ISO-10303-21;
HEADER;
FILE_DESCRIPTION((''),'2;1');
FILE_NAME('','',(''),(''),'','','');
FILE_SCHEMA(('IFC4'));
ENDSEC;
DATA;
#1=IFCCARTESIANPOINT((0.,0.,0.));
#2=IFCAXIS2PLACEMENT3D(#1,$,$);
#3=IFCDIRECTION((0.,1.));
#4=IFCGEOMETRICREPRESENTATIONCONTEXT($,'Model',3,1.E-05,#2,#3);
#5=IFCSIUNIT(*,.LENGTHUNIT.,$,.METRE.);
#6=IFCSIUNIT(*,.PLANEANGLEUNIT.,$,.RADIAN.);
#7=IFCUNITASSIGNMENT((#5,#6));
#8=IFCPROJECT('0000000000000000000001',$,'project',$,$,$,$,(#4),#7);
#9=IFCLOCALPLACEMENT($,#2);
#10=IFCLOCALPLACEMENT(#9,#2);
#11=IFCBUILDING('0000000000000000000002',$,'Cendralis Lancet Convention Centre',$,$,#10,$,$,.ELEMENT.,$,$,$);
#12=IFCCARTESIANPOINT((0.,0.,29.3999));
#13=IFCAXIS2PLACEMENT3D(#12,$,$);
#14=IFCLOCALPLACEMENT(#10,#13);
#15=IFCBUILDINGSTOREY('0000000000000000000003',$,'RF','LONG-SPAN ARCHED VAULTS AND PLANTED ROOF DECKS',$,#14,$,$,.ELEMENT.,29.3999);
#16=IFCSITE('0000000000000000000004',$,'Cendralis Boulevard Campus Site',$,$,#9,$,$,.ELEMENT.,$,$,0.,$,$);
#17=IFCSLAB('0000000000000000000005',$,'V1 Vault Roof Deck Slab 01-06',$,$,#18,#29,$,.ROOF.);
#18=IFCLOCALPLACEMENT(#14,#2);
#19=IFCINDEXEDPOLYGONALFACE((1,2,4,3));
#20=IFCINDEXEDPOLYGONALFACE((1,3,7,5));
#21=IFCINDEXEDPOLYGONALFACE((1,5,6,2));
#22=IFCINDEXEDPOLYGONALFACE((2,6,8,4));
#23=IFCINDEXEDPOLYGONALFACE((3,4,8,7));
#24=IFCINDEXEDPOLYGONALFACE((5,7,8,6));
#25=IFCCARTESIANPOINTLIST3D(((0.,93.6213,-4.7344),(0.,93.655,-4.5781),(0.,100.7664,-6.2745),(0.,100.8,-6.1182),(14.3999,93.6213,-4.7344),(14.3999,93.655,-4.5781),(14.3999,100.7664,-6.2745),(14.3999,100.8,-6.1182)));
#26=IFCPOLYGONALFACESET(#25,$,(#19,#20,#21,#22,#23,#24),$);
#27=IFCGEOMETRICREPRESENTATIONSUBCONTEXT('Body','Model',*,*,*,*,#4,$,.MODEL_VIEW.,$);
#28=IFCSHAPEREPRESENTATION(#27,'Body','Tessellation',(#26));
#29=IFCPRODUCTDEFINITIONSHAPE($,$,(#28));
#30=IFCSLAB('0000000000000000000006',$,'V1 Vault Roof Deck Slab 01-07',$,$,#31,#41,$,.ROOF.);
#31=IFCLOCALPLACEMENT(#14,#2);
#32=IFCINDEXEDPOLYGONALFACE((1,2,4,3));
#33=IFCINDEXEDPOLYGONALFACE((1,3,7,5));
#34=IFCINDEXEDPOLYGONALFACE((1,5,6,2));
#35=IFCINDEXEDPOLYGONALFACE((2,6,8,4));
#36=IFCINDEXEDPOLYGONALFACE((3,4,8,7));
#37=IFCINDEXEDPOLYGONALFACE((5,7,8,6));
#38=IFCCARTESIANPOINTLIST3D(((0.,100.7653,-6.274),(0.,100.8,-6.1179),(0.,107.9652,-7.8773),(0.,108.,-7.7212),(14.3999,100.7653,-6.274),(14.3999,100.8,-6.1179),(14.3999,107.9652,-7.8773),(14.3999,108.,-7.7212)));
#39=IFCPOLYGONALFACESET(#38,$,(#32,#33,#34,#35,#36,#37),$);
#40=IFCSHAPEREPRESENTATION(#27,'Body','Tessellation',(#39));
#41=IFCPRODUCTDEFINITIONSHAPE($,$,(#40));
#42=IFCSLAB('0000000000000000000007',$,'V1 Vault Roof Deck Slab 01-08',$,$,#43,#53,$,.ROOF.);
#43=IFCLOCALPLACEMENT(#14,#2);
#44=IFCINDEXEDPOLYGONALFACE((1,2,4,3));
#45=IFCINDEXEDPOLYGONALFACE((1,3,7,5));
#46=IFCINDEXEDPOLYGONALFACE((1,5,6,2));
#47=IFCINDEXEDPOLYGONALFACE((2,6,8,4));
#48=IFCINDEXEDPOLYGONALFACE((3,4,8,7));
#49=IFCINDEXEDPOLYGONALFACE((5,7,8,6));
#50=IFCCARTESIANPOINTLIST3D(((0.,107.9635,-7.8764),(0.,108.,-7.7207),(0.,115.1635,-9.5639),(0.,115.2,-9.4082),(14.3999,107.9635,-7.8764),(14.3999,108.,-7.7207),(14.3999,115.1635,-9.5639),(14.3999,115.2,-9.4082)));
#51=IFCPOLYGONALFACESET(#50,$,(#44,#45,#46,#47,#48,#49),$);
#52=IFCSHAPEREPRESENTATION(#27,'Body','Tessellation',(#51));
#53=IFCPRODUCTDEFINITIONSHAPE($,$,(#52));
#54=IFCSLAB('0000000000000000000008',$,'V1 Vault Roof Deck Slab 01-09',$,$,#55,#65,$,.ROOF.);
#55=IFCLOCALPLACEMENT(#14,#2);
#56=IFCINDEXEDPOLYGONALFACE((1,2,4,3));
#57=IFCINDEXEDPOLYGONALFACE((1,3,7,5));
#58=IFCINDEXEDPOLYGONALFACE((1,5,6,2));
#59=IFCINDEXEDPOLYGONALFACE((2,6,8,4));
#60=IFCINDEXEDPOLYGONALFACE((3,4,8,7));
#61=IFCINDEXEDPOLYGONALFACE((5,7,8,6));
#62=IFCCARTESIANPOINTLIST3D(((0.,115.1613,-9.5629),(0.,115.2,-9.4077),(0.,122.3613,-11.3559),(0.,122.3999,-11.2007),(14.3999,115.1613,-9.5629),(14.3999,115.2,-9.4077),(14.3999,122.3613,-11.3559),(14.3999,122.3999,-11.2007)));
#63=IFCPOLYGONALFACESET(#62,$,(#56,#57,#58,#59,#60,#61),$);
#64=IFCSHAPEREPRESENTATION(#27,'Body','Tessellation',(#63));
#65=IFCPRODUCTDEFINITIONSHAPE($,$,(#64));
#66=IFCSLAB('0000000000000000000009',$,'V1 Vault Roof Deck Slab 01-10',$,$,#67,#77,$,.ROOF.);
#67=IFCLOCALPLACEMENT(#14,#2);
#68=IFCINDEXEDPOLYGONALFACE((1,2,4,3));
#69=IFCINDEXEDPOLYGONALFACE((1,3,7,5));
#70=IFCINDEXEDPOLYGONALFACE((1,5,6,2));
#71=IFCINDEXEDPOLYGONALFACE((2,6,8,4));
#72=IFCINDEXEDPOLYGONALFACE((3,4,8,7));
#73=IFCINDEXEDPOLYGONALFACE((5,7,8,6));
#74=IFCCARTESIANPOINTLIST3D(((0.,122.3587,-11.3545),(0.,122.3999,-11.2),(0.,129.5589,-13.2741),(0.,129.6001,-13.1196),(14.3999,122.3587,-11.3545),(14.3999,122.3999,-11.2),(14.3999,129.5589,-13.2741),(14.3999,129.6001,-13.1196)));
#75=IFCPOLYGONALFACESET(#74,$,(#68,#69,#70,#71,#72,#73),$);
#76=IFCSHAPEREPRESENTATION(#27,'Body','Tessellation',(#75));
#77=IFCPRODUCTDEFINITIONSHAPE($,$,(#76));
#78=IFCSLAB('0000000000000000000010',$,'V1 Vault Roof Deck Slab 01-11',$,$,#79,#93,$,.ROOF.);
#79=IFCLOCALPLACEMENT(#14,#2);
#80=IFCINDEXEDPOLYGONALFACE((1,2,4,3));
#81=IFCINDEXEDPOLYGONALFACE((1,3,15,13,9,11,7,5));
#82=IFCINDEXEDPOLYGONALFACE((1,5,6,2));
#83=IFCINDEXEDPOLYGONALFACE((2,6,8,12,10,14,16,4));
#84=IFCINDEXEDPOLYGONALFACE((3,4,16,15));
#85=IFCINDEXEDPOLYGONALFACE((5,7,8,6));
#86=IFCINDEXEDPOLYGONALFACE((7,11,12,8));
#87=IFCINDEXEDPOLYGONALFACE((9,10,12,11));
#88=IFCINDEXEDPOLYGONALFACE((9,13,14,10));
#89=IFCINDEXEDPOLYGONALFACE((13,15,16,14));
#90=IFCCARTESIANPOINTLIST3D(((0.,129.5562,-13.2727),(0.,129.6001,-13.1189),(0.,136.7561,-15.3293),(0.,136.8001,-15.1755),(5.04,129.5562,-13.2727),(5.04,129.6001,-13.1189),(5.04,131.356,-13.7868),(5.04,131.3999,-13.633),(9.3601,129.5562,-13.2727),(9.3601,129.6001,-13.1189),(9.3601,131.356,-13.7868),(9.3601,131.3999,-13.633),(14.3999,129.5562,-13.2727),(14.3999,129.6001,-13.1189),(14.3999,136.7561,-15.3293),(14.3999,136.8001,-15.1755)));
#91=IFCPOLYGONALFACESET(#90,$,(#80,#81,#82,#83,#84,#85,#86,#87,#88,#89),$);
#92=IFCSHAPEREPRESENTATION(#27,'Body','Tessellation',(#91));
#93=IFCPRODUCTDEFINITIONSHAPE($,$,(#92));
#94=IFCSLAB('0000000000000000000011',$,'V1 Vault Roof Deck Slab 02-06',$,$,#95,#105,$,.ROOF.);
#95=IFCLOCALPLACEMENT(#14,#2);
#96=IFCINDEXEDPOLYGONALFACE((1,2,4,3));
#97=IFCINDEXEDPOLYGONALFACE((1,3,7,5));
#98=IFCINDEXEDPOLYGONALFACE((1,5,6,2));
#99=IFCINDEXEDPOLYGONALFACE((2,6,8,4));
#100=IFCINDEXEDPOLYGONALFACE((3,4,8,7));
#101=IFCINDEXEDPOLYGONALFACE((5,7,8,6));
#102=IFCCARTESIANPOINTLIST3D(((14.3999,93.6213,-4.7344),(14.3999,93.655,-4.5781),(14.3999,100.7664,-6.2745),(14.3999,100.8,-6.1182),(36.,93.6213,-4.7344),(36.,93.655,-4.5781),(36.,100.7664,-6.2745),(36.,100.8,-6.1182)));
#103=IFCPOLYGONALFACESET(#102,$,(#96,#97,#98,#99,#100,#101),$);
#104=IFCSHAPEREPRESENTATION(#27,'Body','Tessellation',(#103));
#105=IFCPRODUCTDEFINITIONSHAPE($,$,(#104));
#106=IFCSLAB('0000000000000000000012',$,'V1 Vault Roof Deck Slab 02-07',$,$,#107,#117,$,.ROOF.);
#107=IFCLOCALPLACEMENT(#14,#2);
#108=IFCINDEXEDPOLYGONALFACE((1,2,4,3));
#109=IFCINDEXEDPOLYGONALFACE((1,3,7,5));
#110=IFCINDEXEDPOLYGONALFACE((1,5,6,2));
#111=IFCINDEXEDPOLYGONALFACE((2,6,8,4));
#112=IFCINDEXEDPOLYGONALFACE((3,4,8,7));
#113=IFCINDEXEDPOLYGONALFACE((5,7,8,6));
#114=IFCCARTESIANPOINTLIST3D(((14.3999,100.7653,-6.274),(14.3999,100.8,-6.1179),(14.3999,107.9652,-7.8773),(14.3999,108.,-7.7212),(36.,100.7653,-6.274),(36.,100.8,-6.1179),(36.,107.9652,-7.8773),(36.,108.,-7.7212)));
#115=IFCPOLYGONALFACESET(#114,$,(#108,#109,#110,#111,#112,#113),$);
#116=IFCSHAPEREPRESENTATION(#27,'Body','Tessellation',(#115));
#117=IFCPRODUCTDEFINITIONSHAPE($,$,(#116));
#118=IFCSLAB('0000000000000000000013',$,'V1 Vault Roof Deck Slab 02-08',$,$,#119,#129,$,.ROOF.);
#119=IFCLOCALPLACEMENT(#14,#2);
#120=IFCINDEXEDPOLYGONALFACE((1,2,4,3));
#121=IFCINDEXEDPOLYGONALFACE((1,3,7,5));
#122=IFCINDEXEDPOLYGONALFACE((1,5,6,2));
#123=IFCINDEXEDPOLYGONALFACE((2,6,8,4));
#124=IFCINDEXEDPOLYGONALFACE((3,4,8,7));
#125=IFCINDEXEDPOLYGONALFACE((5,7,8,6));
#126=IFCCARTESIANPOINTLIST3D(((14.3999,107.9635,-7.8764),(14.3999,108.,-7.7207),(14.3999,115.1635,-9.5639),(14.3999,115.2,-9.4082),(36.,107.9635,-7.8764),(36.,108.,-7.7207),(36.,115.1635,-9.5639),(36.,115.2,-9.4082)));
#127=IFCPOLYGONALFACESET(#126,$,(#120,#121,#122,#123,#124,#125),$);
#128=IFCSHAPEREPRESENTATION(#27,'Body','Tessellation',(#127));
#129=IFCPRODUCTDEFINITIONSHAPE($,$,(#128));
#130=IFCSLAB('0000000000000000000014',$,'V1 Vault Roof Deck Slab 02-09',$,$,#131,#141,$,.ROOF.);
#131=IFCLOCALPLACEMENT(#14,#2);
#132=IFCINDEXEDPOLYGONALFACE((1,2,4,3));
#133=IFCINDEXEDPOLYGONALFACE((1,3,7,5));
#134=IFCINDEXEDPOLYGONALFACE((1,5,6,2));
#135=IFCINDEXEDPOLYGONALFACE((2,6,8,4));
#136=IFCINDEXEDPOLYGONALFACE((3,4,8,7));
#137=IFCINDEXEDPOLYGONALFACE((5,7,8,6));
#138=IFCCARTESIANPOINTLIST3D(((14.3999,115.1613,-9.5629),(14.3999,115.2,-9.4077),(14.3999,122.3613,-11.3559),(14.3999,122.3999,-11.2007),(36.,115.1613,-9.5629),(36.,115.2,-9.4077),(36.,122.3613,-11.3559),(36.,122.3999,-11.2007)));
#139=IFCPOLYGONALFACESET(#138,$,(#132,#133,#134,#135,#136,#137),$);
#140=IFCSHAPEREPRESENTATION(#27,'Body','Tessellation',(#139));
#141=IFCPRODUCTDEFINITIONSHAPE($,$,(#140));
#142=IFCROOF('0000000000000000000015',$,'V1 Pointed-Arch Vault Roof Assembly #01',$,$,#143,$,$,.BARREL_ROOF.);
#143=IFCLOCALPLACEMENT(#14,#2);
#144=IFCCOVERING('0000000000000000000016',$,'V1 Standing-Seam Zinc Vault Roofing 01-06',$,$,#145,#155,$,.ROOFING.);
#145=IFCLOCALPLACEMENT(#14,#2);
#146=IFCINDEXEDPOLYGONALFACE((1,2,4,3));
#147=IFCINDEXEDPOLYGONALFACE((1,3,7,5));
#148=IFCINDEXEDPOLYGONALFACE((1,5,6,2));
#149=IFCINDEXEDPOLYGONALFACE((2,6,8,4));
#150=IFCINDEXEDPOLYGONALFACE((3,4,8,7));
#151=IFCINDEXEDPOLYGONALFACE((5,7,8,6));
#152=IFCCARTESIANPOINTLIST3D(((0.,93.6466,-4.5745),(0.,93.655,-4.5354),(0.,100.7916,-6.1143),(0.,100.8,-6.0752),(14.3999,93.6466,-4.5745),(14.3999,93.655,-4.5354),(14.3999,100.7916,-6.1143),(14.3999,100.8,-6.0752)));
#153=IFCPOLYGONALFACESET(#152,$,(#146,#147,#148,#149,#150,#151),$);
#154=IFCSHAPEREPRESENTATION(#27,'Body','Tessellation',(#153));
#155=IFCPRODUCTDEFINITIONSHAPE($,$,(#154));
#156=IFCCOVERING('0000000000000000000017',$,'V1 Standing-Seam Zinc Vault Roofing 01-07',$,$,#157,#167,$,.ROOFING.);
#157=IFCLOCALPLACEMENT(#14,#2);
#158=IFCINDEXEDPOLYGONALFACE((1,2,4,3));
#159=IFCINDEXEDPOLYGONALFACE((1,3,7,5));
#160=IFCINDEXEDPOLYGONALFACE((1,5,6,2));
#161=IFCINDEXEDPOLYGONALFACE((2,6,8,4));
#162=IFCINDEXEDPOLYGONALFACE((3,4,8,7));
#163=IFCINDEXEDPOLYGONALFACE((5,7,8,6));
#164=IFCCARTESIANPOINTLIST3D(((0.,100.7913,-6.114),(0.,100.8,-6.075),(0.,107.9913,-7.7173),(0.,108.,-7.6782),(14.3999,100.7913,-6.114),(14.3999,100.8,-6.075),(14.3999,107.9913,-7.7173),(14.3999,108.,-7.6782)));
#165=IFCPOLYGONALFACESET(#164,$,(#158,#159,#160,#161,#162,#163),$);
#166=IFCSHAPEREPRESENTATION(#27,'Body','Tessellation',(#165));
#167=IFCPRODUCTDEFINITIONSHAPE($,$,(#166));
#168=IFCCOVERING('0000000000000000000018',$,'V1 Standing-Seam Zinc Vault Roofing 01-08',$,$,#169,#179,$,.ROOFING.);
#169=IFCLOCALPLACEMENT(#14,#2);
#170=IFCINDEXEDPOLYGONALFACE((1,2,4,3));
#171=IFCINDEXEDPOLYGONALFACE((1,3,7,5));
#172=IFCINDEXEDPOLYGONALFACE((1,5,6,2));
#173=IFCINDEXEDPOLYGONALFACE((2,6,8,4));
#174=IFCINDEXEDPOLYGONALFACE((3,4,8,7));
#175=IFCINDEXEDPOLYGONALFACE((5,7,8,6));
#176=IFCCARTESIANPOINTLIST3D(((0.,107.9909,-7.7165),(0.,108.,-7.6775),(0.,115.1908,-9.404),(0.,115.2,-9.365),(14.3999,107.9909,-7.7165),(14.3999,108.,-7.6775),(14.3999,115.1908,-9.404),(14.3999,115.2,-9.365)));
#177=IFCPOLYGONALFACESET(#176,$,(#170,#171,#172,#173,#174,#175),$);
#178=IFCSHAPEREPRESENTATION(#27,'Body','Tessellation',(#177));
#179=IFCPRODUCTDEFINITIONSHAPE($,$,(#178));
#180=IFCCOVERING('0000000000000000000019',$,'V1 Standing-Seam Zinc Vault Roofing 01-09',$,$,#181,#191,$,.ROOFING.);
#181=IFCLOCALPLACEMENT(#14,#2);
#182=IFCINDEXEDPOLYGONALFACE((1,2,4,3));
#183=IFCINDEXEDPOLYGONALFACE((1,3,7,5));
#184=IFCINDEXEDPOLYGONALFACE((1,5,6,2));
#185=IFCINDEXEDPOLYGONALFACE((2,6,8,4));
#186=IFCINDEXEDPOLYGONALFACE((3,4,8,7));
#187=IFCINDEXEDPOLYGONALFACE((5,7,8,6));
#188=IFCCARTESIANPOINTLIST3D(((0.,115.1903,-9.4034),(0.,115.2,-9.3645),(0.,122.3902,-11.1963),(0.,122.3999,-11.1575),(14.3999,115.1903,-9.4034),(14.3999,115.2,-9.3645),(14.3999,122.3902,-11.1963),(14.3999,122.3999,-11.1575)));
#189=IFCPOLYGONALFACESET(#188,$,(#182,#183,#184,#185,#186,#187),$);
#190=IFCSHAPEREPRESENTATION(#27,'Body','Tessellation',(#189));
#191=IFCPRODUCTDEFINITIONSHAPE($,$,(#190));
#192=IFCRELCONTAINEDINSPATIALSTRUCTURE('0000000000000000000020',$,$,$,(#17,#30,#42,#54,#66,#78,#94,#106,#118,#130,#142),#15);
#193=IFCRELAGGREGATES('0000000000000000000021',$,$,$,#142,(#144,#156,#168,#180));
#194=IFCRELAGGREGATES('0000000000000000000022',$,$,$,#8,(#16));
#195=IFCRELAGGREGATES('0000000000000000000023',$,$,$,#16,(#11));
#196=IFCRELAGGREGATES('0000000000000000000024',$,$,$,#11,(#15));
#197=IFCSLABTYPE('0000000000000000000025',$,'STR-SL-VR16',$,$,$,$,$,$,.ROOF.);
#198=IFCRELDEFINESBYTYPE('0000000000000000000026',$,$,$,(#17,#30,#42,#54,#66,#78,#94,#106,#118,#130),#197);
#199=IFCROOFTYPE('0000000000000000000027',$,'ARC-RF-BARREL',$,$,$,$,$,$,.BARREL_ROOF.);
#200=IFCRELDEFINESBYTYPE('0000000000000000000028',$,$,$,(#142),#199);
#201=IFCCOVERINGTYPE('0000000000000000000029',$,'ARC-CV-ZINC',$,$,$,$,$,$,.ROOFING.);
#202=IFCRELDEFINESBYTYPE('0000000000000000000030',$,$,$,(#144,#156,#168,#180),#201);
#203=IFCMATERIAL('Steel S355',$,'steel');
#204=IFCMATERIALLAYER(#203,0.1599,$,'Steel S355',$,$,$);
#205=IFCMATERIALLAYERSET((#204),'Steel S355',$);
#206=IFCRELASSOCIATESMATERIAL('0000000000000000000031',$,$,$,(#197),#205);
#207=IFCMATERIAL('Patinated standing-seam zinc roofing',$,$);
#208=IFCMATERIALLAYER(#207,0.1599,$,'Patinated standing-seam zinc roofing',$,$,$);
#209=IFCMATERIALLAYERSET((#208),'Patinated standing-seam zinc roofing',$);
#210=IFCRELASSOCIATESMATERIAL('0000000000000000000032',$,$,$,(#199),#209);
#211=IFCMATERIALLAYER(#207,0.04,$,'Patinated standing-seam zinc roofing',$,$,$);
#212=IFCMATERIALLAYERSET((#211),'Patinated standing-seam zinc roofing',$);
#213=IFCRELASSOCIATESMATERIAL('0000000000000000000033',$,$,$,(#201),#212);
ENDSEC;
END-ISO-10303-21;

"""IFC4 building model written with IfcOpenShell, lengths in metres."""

from ifc_helpers import new_model, si_unit, direction, frame, origin, place, context, subcontext, project, spatial, polyline, outline, extrude, material, layer, layer_set, type_object, element, aggregate, save


model = new_model("IFC4")

# Units and contexts
model_context = context("Model", 3, precision=1e-05, world=origin(), true_north=direction((0.0, 1.0)))
body_context = subcontext(model_context, "Body", "Model", "MODEL_VIEW")
ifc_project = project(units=[si_unit("LENGTHUNIT", "METRE"), si_unit("PLANEANGLEUNIT", "RADIAN")], contexts=[model_context])

# Site, building, storey
site_placement = place(None, origin())
site = spatial("IfcSite", under=ifc_project, at=site_placement, Name="Cendralis Boulevard Campus Site", CompositionType="ELEMENT", RefElevation=0.0)
building_placement = place(site_placement, origin())
building = spatial("IfcBuilding", under=site, at=building_placement, Name="Cendralis Lancet Convention Centre", CompositionType="ELEMENT")
storey_placement = place(building_placement, frame((0.0, 0.0, 29.3999)))
storey = spatial("IfcBuildingStorey", under=building, at=storey_placement, Name="RF", Description="LONG-SPAN ARCHED VAULTS AND PLANTED ROOF DECKS", CompositionType="ELEMENT", Elevation=29.3999)

# Slabs
ifc_material_1 = material(Name="Steel S355", Category="steel")
ifc_layer_1 = layer(ifc_material_1, 0.1599, Name="Steel S355")
ifc_layer_set_1 = layer_set([ifc_layer_1], Name="Steel S355")
slab_type = type_object("IfcSlabType", Name="STR-SL-VR16", PredefinedType="ROOF", material=ifc_layer_set_1)
slab_1_placement = place(storey_placement, frame((0.0, 93.655, -4.5781), z_axis=(0.0, 0.210701, 0.97755), x_axis=(1.0, 0.0, 0.0)))
element("IfcSlab", 1, at=slab_1_placement, inside=storey, type_object=slab_type, Name="V1 Vault Roof Deck Slab 01-06", PredefinedType="ROOF", context=body_context, shape_type="SweptSolid", body=[
    extrude(outline(polyline([(0.0, 0.0), (14.3999, 0.0), (14.3999, 7.3091), (0.0, 7.3091), (0.0, 0.0)])), origin(), (0.0, 0.0, -1.0), 0.1599),
])
slab_2_placement = place(storey_placement, frame((0.0, 100.8, -6.1179), z_axis=(0.0, 0.217354, 0.976093), x_axis=(1.0, 0.0, 0.0)))
element("IfcSlab", 2, at=slab_2_placement, inside=storey, type_object=slab_type, Name="V1 Vault Roof Deck Slab 01-07", PredefinedType="ROOF", context=body_context, shape_type="SweptSolid", body=[
    extrude(outline(polyline([(0.0, 0.0), (14.3999, 0.0), (14.3999, 7.3763), (0.0, 7.3763), (0.0, 0.0)])), origin(), (0.0, 0.0, -1.0), 0.1599),
])
slab_3_placement = place(storey_placement, frame((0.0, 108.0, -7.7207), z_axis=(0.0, 0.228193, 0.973616), x_axis=(1.0, 0.0, 0.0)))
element("IfcSlab", 3, at=slab_3_placement, inside=storey, type_object=slab_type, Name="V1 Vault Roof Deck Slab 01-08", PredefinedType="ROOF", context=body_context, shape_type="SweptSolid", body=[
    extrude(outline(polyline([(0.0, 0.0), (14.3999, 0.0), (14.3999, 7.3951), (0.0, 7.3951), (0.0, 0.0)])), origin(), (0.0, 0.0, -1.0), 0.1599),
])
slab_4_placement = place(storey_placement, frame((0.0, 115.2, -9.4077), z_axis=(0.0, 0.241645, 0.970365), x_axis=(1.0, 0.0, 0.0)))
element("IfcSlab", 4, at=slab_4_placement, inside=storey, type_object=slab_type, Name="V1 Vault Roof Deck Slab 01-09", PredefinedType="ROOF", context=body_context, shape_type="SweptSolid", body=[
    extrude(outline(polyline([(0.0, 0.0), (14.3999, 0.0), (14.3999, 7.4198), (0.0, 7.4198), (0.0, 0.0)])), origin(), (0.0, 0.0, -1.0), 0.1599),
])
slab_5_placement = place(storey_placement, frame((0.0, 122.3999, -11.2), z_axis=(0.0, 0.257616, 0.966247), x_axis=(1.0, 0.0, 0.0)))
element("IfcSlab", 5, at=slab_5_placement, inside=storey, type_object=slab_type, Name="V1 Vault Roof Deck Slab 01-10", PredefinedType="ROOF", context=body_context, shape_type="SweptSolid", body=[
    extrude(outline(polyline([(0.0, 0.0), (14.3999, 0.0), (14.3999, 7.4517), (0.0, 7.4517), (0.0, 0.0)])), origin(), (0.0, 0.0, -1.0), 0.1599),
])
slab_6_placement = place(storey_placement, frame((0.0, 129.6001, -13.1189), z_axis=(0.0, 0.274659, 0.961542), x_axis=(1.0, 0.0, 0.0)))
element("IfcSlab", 6, at=slab_6_placement, inside=storey, type_object=slab_type, Name="V1 Vault Roof Deck Slab 01-11", PredefinedType="ROOF", context=body_context, shape_type="SweptSolid", body=[
    extrude(outline(polyline([(0.0, 0.0), (5.04, 0.0), (5.04, 1.8718), (9.3601, 1.8718), (9.3601, 0.0), (14.3999, 0.0), (14.3999, 7.4879), (0.0, 7.4879), (0.0, 0.0)])), origin(), (0.0, 0.0, -1.0), 0.1599),
])
slab_7_placement = place(storey_placement, frame((14.3999, 93.655, -4.5781), z_axis=(0.0, 0.210701, 0.97755), x_axis=(1.0, 0.0, 0.0)))
element("IfcSlab", 7, at=slab_7_placement, inside=storey, type_object=slab_type, Name="V1 Vault Roof Deck Slab 02-06", PredefinedType="ROOF", context=body_context, shape_type="SweptSolid", body=[
    extrude(outline(polyline([(0.0, 0.0), (21.6001, 0.0), (21.6001, 7.3091), (0.0, 7.3091), (0.0, 0.0)])), origin(), (0.0, 0.0, -1.0), 0.1599),
])
slab_8_placement = place(storey_placement, frame((14.3999, 100.8, -6.1179), z_axis=(0.0, 0.217354, 0.976093), x_axis=(1.0, 0.0, 0.0)))
element("IfcSlab", 8, at=slab_8_placement, inside=storey, type_object=slab_type, Name="V1 Vault Roof Deck Slab 02-07", PredefinedType="ROOF", context=body_context, shape_type="SweptSolid", body=[
    extrude(outline(polyline([(0.0, 0.0), (21.6001, 0.0), (21.6001, 7.3763), (0.0, 7.3763), (0.0, 0.0)])), origin(), (0.0, 0.0, -1.0), 0.1599),
])
slab_9_placement = place(storey_placement, frame((14.3999, 108.0, -7.7207), z_axis=(0.0, 0.228193, 0.973616), x_axis=(1.0, 0.0, 0.0)))
element("IfcSlab", 9, at=slab_9_placement, inside=storey, type_object=slab_type, Name="V1 Vault Roof Deck Slab 02-08", PredefinedType="ROOF", context=body_context, shape_type="SweptSolid", body=[
    extrude(outline(polyline([(0.0, 0.0), (21.6001, 0.0), (21.6001, 7.3951), (0.0, 7.3951), (0.0, 0.0)])), origin(), (0.0, 0.0, -1.0), 0.1599),
])
slab_10_placement = place(storey_placement, frame((14.3999, 115.2, -9.4077), z_axis=(0.0, 0.241645, 0.970365), x_axis=(1.0, 0.0, 0.0)))
element("IfcSlab", 10, at=slab_10_placement, inside=storey, type_object=slab_type, Name="V1 Vault Roof Deck Slab 02-09", PredefinedType="ROOF", context=body_context, shape_type="SweptSolid", body=[
    extrude(outline(polyline([(0.0, 0.0), (21.6001, 0.0), (21.6001, 7.4198), (0.0, 7.4198), (0.0, 0.0)])), origin(), (0.0, 0.0, -1.0), 0.1599),
])

# Roof, coverings
ifc_material_2 = material(Name="Patinated standing-seam zinc roofing")
ifc_layer_2 = layer(ifc_material_2, 0.1599, Name="Patinated standing-seam zinc roofing")
ifc_layer_set_2 = layer_set([ifc_layer_2], Name="Patinated standing-seam zinc roofing")
roof_type = type_object("IfcRoofType", Name="ARC-RF-BARREL", PredefinedType="BARREL_ROOF", material=ifc_layer_set_2)
roof_1_placement = place(storey_placement, origin())
roof_1 = element("IfcRoof", 11, at=roof_1_placement, inside=storey, type_object=roof_type, Name="V1 Pointed-Arch Vault Roof Assembly #01", PredefinedType="BARREL_ROOF")
ifc_layer_3 = layer(ifc_material_2, 0.04, Name="Patinated standing-seam zinc roofing")
ifc_layer_set_3 = layer_set([ifc_layer_3], Name="Patinated standing-seam zinc roofing")
covering_type = type_object("IfcCoveringType", Name="ARC-CV-ZINC", PredefinedType="ROOFING", material=ifc_layer_set_3)
covering_1_placement = place(storey_placement, frame((0.0, 93.655, -4.5354), z_axis=(0.0, 0.21067, 0.977557), x_axis=(1.0, 0.0, 0.0)))
covering_1 = element("IfcCovering", 12, at=covering_1_placement, type_object=covering_type, Name="V1 Standing-Seam Zinc Vault Roofing 01-06", PredefinedType="ROOFING", context=body_context, shape_type="SweptSolid", body=[
    extrude(outline(polyline([(0.0, 0.0), (14.3999, 0.0), (14.3999, 7.3091), (0.0, 7.3091), (0.0, 0.0)])), origin(), (0.0, 0.0, -1.0), 0.04),
])
covering_2_placement = place(storey_placement, frame((0.0, 100.8, -6.075), z_axis=(0.0, 0.217354, 0.976093), x_axis=(1.0, 0.0, 0.0)))
covering_2 = element("IfcCovering", 13, at=covering_2_placement, type_object=covering_type, Name="V1 Standing-Seam Zinc Vault Roofing 01-07", PredefinedType="ROOFING", context=body_context, shape_type="SweptSolid", body=[
    extrude(outline(polyline([(0.0, 0.0), (14.3999, 0.0), (14.3999, 7.3763), (0.0, 7.3763), (0.0, 0.0)])), origin(), (0.0, 0.0, -1.0), 0.04),
])
covering_3_placement = place(storey_placement, frame((0.0, 108.0, -7.6775), z_axis=(0.0, 0.228193, 0.973616), x_axis=(1.0, 0.0, 0.0)))
covering_3 = element("IfcCovering", 14, at=covering_3_placement, type_object=covering_type, Name="V1 Standing-Seam Zinc Vault Roofing 01-08", PredefinedType="ROOFING", context=body_context, shape_type="SweptSolid", body=[
    extrude(outline(polyline([(0.0, 0.0), (14.3999, 0.0), (14.3999, 7.3951), (0.0, 7.3951), (0.0, 0.0)])), origin(), (0.0, 0.0, -1.0), 0.04),
])
covering_4_placement = place(storey_placement, frame((0.0, 115.2, -9.3645), z_axis=(0.0, 0.241645, 0.970365), x_axis=(1.0, 0.0, 0.0)))
covering_4 = element("IfcCovering", 15, at=covering_4_placement, type_object=covering_type, Name="V1 Standing-Seam Zinc Vault Roofing 01-09", PredefinedType="ROOFING", context=body_context, shape_type="SweptSolid", body=[
    extrude(outline(polyline([(0.0, 0.0), (14.3999, 0.0), (14.3999, 7.4198), (0.0, 7.4198), (0.0, 0.0)])), origin(), (0.0, 0.0, -1.0), 0.04),
])
aggregate(roof_1, [covering_1, covering_2, covering_3, covering_4])

save(model, "model.ifc")
